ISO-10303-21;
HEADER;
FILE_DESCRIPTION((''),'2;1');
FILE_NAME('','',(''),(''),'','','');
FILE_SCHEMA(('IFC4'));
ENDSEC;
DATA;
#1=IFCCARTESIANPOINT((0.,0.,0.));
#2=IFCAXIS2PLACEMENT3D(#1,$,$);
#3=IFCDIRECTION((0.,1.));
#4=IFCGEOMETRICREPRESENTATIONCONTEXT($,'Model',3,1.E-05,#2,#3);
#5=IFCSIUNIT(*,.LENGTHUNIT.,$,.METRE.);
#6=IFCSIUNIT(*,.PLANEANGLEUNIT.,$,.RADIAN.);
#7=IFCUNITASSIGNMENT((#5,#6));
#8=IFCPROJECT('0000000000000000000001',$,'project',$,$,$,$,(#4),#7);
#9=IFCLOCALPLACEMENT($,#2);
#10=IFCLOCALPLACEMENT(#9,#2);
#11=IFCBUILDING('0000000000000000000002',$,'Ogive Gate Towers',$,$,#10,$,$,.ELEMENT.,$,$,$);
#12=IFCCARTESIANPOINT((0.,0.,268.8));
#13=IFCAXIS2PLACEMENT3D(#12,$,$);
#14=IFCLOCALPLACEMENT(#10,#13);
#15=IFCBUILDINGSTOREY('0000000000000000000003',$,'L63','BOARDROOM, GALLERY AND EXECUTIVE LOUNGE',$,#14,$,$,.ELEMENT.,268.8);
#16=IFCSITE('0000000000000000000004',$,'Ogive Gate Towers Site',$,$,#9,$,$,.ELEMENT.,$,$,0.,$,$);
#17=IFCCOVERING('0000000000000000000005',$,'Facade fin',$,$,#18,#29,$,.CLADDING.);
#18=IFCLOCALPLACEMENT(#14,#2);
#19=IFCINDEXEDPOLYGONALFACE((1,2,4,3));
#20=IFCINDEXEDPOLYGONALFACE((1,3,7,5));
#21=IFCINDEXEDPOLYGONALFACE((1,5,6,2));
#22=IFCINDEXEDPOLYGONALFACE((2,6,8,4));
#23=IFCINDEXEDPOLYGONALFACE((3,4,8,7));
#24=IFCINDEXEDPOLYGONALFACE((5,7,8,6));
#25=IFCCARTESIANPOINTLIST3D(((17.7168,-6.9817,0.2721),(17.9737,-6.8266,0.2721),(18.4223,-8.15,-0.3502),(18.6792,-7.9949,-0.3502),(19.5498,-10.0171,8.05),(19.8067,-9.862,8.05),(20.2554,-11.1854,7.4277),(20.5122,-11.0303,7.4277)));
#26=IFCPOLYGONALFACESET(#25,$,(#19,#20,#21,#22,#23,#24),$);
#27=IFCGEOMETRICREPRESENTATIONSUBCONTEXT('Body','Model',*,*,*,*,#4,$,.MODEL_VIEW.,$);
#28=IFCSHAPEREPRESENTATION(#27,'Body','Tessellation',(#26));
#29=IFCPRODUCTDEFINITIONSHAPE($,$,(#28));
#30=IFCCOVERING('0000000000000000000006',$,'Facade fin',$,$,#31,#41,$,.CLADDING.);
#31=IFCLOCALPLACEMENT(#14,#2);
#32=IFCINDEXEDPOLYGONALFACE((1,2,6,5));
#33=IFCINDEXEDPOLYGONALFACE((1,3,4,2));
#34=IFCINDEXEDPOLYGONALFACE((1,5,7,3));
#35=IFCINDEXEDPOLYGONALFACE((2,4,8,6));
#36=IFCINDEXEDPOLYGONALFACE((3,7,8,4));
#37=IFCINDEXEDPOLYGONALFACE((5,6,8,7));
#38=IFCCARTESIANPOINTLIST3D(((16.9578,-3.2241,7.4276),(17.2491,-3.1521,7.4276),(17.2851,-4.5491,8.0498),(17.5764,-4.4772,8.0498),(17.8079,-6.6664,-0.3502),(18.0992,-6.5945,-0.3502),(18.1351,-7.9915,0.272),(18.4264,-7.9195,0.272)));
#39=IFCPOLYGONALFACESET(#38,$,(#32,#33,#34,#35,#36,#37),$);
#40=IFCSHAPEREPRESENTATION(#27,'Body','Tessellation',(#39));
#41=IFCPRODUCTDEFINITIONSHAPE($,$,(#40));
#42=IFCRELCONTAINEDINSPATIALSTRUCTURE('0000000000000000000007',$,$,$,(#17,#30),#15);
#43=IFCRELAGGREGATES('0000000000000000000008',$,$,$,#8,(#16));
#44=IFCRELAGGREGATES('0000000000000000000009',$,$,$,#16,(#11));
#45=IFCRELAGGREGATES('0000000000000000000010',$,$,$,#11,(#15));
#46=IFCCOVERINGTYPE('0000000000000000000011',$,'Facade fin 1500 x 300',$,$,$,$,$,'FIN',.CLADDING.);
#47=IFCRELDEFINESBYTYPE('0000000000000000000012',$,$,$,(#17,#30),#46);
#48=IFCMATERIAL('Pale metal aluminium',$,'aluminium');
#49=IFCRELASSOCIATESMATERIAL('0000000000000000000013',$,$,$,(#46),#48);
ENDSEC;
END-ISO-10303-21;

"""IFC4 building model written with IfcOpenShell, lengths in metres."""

from ifc_helpers import new_model, si_unit, direction, frame, origin, origin_2d, place, context, subcontext, project, spatial, rectangle, extrude, material, material_profile, profile_set, type_object, element, save


model = new_model("IFC4")

# Units and contexts
model_context = context("Model", 3, precision=1e-05, world=origin(), true_north=direction((0.0, 1.0)))
body_context = subcontext(model_context, "Body", "Model", "MODEL_VIEW")
ifc_project = project(units=[si_unit("LENGTHUNIT", "METRE"), si_unit("PLANEANGLEUNIT", "RADIAN")], contexts=[model_context])

# Site, building, storey
site_placement = place(None, origin())
site = spatial("IfcSite", under=ifc_project, at=site_placement, Name="Ogive Gate Towers Site", CompositionType="ELEMENT", RefElevation=0.0)
building_placement = place(site_placement, origin())
building = spatial("IfcBuilding", under=site, at=building_placement, Name="Ogive Gate Towers", CompositionType="ELEMENT")
storey_placement = place(building_placement, frame((0.0, 0.0, 268.8)))
storey = spatial("IfcBuildingStorey", under=building, at=storey_placement, Name="L63", Description="BOARDROOM, GALLERY AND EXECUTIVE LOUNGE", CompositionType="ELEMENT", Elevation=268.8)

# Shared definitions
ifc_material_1 = material(Name="Pale metal aluminium", Category="aluminium")

# Coverings
ifc_material_profile_1 = material_profile(ifc_material_1, rectangle(XDim=0.3, YDim=1.5, at=origin_2d()), Name="1500 x 300 pale metal aluminium")
ifc_profile_set_1 = profile_set([ifc_material_profile_1], Name="Pale metal aluminium")
covering_type = type_object("IfcCoveringType", Name="Facade fin 1500 x 300", ElementType="FIN", PredefinedType="CLADDING", material=ifc_profile_set_1)
covering_1_placement = place(storey_placement, frame((18.198, -7.4883, -0.0391), z_axis=(0.214437, -0.355101, 0.909901), x_axis=(0.856025, 0.516934, 0.0)))
element("IfcCovering", 1, at=covering_1_placement, inside=storey, type_object=covering_type, Name="Facade fin", PredefinedType="CLADDING", context=body_context, shape_type="SweptSolid", body=[
    extrude(rectangle(XDim=0.3, YDim=1.5, at=origin_2d()), origin(), (0.0, 0.0, 1.0), 8.5481),
])
covering_2_placement = place(storey_placement, frame((18.1172, -7.293, -0.0391), z_axis=(-0.099451, 0.402715, 0.909907), x_axis=(-0.970835, -0.239748, 0.0)))
element("IfcCovering", 2, at=covering_2_placement, inside=storey, type_object=covering_type, Name="Facade fin", PredefinedType="CLADDING", context=body_context, shape_type="SweptSolid", body=[
    extrude(rectangle(XDim=0.3, YDim=1.5, at=origin_2d()), origin(), (0.0, 0.0, 1.0), 8.5479),
])

save(model, "model.ifc")
